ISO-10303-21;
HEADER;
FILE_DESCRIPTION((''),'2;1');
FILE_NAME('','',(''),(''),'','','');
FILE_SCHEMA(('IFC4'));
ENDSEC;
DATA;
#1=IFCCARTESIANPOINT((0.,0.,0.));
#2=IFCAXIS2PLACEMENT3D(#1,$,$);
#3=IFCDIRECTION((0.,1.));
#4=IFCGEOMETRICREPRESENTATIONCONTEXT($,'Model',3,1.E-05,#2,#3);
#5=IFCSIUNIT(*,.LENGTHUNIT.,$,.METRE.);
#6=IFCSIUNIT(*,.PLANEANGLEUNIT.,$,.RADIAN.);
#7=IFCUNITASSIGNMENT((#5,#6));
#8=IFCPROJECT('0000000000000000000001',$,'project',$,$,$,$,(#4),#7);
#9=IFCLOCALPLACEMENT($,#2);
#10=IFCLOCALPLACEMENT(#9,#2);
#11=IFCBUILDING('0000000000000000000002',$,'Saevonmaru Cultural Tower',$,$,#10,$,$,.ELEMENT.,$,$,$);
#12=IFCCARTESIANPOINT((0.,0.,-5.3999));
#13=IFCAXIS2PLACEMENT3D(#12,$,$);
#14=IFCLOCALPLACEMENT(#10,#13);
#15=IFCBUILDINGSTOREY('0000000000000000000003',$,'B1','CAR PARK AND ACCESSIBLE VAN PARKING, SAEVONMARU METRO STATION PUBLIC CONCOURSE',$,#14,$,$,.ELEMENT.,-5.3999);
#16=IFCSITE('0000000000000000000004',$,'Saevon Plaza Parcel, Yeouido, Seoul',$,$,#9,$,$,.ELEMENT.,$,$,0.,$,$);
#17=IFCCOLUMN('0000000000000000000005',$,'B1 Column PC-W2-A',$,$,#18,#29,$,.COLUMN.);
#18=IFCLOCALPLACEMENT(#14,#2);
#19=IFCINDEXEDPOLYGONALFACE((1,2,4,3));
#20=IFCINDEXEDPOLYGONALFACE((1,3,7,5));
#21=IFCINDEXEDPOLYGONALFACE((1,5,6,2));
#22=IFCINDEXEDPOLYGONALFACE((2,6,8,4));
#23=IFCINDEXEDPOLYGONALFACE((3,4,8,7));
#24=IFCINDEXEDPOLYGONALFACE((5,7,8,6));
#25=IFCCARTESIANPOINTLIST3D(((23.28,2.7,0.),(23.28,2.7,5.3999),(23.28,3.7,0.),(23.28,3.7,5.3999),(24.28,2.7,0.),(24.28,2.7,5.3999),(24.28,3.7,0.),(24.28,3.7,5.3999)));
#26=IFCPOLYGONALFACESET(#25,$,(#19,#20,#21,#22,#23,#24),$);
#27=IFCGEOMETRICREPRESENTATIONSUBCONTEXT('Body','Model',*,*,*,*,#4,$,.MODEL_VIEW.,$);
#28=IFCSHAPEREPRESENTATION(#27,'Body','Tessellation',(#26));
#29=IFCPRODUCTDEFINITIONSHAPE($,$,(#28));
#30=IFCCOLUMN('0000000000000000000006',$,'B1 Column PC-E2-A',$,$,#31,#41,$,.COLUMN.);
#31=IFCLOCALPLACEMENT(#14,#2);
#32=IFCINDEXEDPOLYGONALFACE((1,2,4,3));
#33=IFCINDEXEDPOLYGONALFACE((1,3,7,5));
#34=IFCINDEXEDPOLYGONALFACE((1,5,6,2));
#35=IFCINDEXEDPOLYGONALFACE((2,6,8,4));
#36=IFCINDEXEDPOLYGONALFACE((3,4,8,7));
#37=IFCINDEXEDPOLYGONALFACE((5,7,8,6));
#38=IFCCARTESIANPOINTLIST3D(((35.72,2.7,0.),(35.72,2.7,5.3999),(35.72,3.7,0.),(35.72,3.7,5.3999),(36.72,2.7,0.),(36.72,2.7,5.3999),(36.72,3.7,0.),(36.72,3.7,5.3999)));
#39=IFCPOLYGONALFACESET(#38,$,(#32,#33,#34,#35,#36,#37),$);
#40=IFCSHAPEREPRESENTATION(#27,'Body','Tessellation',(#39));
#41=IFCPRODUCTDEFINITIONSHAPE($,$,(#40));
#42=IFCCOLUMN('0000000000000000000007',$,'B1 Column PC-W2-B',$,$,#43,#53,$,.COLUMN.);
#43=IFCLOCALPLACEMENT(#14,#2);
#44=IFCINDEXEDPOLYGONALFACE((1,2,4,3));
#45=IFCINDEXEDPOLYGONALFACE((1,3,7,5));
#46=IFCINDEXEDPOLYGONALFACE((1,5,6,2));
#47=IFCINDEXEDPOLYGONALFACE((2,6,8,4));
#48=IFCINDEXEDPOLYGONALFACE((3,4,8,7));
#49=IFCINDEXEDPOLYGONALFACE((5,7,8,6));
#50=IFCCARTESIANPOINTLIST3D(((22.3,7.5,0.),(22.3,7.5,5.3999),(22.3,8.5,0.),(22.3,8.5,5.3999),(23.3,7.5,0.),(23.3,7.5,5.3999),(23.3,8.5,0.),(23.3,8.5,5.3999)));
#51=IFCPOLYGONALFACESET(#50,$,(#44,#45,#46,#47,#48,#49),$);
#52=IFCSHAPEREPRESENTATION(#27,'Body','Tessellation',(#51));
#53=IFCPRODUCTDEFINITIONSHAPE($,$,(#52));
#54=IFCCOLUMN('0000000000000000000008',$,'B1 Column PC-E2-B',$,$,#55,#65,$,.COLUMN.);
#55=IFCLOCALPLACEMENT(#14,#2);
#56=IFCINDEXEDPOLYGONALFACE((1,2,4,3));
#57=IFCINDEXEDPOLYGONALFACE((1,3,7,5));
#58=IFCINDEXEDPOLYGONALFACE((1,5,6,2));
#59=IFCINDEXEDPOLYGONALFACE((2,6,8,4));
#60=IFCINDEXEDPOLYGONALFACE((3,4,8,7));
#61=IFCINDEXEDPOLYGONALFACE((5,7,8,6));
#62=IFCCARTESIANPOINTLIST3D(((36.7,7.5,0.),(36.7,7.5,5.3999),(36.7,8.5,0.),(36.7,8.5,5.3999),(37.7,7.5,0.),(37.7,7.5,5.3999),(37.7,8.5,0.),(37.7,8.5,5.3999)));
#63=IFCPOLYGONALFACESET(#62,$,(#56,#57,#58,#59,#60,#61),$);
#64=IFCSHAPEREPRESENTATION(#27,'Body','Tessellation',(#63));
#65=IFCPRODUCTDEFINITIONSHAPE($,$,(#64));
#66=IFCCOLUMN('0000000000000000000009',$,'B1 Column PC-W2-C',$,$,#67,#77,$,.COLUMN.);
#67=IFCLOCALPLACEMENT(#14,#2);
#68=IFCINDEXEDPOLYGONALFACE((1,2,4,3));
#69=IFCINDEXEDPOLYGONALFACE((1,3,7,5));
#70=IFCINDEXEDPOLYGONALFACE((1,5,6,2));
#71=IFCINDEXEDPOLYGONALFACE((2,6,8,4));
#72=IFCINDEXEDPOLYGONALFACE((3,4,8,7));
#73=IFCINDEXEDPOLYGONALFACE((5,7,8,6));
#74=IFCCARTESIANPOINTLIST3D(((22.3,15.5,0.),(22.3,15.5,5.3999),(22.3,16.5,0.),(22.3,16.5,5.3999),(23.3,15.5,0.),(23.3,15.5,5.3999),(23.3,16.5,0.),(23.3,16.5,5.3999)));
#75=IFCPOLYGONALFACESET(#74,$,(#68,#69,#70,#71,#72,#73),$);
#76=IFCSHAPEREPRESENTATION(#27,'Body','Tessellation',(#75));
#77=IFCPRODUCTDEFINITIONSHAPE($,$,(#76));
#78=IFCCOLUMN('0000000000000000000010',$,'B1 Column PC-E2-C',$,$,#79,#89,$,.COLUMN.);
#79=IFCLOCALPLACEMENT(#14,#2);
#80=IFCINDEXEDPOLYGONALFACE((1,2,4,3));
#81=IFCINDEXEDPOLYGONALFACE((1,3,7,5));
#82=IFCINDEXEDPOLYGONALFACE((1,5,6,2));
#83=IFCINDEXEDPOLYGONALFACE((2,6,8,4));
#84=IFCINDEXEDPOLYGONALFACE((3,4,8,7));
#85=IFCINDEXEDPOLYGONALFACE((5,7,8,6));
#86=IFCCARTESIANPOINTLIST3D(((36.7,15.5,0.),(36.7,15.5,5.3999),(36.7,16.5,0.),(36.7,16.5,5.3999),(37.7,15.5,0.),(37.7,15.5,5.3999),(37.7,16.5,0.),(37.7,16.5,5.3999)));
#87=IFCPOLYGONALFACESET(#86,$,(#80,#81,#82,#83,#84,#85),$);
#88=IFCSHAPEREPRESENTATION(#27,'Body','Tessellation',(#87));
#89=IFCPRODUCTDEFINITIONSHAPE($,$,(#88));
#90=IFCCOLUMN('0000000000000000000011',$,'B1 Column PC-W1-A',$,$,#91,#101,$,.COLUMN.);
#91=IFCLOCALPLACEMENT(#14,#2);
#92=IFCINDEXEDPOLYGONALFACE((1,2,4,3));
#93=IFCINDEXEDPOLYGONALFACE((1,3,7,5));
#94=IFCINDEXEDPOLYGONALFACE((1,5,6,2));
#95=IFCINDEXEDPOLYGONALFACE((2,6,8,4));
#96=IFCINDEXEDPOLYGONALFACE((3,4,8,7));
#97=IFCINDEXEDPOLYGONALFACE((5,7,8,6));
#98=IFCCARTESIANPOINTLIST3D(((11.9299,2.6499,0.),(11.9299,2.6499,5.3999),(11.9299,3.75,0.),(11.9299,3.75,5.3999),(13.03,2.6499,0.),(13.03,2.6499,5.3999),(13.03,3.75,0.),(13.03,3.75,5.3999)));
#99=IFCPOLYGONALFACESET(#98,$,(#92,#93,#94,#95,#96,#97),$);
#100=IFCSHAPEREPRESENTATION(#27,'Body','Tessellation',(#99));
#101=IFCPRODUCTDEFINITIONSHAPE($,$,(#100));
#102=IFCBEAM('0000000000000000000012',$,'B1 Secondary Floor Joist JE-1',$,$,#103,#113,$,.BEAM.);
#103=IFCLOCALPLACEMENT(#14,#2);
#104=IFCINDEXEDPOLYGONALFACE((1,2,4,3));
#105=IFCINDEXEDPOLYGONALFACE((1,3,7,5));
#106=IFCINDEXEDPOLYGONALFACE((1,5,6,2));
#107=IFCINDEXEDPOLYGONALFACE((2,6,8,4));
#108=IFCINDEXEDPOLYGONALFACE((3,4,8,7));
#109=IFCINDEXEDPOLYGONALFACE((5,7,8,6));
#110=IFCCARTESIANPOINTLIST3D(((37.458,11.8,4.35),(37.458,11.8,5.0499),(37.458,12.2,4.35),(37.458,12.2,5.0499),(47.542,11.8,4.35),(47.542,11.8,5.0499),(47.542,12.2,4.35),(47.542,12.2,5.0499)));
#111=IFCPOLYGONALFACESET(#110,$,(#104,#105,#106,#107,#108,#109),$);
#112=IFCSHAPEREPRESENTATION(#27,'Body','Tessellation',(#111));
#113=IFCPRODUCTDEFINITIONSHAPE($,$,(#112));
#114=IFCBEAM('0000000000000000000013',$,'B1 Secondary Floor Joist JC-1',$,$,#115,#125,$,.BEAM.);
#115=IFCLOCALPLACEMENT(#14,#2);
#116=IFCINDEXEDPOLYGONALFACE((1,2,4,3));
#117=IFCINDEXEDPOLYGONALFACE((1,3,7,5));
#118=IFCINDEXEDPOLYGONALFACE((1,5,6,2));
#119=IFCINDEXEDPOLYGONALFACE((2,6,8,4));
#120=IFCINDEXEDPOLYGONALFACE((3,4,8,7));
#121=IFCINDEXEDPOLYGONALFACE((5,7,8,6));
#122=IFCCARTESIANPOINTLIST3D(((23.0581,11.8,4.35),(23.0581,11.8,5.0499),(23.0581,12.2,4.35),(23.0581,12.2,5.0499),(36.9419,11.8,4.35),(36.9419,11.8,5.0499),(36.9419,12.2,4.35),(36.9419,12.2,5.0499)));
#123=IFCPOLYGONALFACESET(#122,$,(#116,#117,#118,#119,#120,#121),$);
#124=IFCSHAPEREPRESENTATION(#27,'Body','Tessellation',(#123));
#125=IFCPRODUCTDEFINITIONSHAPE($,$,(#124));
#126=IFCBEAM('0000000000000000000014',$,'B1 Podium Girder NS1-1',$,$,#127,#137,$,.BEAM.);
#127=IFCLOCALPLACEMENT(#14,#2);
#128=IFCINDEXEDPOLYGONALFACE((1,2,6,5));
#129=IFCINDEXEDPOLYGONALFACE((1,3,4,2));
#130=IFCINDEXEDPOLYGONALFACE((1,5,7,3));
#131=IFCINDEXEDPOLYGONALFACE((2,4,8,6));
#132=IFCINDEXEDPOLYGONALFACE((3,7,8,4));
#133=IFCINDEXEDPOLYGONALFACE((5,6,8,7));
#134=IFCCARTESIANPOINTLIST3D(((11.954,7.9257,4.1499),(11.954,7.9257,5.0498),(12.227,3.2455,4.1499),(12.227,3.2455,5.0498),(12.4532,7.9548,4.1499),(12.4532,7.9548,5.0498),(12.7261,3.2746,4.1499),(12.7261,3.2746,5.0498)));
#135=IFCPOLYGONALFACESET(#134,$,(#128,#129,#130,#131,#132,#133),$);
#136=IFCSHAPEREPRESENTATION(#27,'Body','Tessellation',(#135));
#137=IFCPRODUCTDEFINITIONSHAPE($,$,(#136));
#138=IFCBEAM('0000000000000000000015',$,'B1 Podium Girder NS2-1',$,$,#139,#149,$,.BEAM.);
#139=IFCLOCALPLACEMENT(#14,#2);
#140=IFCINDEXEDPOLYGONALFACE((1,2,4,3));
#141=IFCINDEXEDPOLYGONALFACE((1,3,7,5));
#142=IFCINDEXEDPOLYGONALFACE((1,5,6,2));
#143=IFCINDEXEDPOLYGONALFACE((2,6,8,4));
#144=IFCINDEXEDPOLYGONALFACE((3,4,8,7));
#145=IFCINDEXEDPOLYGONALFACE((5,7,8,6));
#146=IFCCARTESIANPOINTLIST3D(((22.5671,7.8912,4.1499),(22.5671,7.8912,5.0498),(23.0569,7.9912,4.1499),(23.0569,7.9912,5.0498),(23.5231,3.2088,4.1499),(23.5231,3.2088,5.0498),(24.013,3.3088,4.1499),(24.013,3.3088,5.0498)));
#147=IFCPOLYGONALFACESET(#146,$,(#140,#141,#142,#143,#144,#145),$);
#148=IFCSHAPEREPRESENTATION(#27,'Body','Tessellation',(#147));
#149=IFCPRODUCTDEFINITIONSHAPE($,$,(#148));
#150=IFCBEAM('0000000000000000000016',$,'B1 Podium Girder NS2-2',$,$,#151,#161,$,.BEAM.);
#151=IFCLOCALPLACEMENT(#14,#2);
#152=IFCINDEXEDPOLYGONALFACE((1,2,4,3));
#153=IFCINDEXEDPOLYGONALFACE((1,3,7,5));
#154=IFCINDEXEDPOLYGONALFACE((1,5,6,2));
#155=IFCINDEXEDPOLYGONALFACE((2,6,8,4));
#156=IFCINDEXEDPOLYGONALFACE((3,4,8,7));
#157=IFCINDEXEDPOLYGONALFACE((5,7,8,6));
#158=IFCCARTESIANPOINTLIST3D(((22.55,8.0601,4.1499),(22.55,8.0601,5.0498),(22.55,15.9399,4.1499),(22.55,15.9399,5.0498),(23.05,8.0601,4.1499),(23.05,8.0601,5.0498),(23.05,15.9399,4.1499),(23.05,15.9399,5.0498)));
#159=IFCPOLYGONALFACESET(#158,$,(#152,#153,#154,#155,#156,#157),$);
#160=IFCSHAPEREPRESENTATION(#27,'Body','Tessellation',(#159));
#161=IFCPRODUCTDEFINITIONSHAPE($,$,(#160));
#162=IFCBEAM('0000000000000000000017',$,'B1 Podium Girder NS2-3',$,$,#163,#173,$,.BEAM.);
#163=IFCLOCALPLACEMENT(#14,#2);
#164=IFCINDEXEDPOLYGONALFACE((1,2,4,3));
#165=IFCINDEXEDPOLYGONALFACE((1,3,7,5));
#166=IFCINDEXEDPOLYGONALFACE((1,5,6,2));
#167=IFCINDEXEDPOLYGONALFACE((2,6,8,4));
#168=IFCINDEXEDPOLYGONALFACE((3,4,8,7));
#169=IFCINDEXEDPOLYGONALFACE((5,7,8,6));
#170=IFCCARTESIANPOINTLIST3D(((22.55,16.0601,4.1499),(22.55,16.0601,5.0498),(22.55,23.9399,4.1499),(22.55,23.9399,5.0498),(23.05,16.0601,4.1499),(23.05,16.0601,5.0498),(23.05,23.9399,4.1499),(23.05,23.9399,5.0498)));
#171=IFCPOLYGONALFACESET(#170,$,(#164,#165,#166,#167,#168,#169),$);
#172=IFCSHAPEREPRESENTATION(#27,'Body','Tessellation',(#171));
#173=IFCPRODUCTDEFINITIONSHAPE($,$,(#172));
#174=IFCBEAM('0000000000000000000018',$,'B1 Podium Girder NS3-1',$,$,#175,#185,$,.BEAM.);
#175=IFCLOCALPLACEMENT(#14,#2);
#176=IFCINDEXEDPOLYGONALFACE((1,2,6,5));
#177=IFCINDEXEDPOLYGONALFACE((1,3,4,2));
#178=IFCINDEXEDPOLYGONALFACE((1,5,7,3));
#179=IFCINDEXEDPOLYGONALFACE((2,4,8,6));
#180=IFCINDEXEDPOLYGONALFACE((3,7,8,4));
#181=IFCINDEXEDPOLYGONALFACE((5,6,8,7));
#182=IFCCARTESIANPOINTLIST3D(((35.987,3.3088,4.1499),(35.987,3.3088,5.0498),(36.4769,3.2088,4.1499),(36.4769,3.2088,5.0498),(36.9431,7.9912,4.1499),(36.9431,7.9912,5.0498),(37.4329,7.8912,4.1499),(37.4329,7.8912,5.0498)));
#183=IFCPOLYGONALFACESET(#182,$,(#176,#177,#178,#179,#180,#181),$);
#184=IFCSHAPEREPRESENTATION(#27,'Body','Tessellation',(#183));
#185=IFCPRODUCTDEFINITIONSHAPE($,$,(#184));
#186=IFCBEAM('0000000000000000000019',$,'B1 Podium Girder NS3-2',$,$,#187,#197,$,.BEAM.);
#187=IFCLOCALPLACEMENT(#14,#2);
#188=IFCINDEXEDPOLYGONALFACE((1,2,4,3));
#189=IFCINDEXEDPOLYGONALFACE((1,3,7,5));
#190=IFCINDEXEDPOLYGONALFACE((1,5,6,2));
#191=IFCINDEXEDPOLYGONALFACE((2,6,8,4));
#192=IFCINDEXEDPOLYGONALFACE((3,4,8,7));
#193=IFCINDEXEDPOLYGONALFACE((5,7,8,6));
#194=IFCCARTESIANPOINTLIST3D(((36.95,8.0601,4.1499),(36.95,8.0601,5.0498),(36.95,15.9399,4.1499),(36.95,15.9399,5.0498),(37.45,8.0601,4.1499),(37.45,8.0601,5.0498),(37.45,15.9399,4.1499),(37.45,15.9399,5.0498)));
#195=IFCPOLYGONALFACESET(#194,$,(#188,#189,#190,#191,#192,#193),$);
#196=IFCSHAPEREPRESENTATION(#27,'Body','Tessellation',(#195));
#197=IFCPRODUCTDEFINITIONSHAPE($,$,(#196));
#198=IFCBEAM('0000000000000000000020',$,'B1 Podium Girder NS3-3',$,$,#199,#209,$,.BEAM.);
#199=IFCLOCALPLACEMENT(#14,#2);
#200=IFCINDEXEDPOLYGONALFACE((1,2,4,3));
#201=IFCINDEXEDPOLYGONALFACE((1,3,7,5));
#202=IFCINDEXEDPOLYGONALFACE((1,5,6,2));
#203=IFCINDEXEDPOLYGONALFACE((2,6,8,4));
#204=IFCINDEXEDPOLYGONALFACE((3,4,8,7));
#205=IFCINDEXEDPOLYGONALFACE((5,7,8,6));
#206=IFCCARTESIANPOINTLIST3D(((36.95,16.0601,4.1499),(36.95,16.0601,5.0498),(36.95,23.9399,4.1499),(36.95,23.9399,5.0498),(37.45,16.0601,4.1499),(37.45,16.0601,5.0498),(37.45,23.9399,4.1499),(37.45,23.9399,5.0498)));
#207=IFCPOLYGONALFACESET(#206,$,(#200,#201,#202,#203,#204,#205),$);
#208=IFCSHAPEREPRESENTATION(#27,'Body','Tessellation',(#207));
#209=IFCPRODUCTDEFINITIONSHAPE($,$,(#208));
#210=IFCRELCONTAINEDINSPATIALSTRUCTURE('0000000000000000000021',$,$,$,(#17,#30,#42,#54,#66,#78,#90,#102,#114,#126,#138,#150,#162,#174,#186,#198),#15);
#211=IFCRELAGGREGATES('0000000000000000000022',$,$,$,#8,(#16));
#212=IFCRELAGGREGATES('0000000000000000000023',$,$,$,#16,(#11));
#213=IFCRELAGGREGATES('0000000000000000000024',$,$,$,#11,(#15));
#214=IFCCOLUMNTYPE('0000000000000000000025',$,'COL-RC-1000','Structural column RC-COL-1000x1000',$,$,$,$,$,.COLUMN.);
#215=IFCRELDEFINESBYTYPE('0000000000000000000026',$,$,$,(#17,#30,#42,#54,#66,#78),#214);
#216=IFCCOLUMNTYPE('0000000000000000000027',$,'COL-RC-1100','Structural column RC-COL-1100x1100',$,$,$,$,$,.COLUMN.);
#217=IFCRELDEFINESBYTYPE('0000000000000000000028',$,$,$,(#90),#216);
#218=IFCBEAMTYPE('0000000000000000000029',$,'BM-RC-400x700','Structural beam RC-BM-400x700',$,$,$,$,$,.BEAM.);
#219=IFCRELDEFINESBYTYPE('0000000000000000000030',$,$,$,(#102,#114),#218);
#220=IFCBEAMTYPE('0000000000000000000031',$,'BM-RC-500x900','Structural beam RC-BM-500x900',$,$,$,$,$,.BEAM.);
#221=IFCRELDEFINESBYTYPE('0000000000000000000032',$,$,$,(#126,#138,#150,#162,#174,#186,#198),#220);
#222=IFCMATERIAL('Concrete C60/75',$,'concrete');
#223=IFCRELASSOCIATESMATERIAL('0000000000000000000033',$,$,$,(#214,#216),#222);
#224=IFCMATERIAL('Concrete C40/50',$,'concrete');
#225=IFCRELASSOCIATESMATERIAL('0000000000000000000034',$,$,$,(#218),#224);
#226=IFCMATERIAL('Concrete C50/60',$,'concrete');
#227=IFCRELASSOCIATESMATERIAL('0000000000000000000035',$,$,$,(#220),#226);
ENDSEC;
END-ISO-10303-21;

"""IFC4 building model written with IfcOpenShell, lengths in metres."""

from ifc_helpers import new_model, si_unit, direction, frame, origin, origin_2d, place, context, subcontext, project, spatial, rectangle, extrude, material, material_profile, profile_set, type_object, element, save


model = new_model("IFC4")

# Units and contexts
model_context = context("Model", 3, precision=1e-05, world=origin(), true_north=direction((0.0, 1.0)))
body_context = subcontext(model_context, "Body", "Model", "MODEL_VIEW")
ifc_project = project(units=[si_unit("LENGTHUNIT", "METRE"), si_unit("PLANEANGLEUNIT", "RADIAN")], contexts=[model_context])

# Site, building, storey
site_placement = place(None, origin())
site = spatial("IfcSite", under=ifc_project, at=site_placement, Name="Saevon Plaza Parcel, Yeouido, Seoul", CompositionType="ELEMENT", RefElevation=0.0)
building_placement = place(site_placement, origin())
building = spatial("IfcBuilding", under=site, at=building_placement, Name="Saevonmaru Cultural Tower", CompositionType="ELEMENT")
storey_placement = place(building_placement, frame((0.0, 0.0, -5.3999)))
storey = spatial("IfcBuildingStorey", under=building, at=storey_placement, Name="B1", Description="CAR PARK AND ACCESSIBLE VAN PARKING, SAEVONMARU METRO STATION PUBLIC CONCOURSE", CompositionType="ELEMENT", Elevation=-5.3999)

# Columns
ifc_material_1 = material(Name="Concrete C60/75", Category="concrete")
ifc_material_profile_1 = material_profile(ifc_material_1, rectangle(XDim=1.0, YDim=1.0, at=origin_2d()), Name="RC-COL-1000x1000")
ifc_profile_set_1 = profile_set([ifc_material_profile_1], Name="Concrete C60/75")
column_type_1 = type_object("IfcColumnType", Name="COL-RC-1000", Description="Structural column RC-COL-1000x1000", PredefinedType="COLUMN", material=ifc_profile_set_1)
for number, where, z_axis, x_axis, name in (
    (1, (23.78, 3.2, 0.0), (0.0, 0.0, 1.0), (1.0, 0.0, 0.0), "B1 Column PC-W2-A"),
    (2, (36.22, 3.2, 0.0), (0.0, 0.0, 1.0), (1.0, 0.0, 0.0), "B1 Column PC-E2-A"),
    (3, (22.8, 8.0, 0.0), (0.0, 0.0, 1.0), (1.0, 0.0, 0.0), "B1 Column PC-W2-B"),
    (4, (37.2, 8.0, 0.0), (0.0, 0.0, 1.0), (1.0, 0.0, 0.0), "B1 Column PC-E2-B"),
    (5, (22.8, 16.0, 0.0), (0.0, 0.0, 1.0), (1.0, 0.0, 0.0), "B1 Column PC-W2-C"),
    (6, (37.2, 16.0, 0.0), (0.0, 0.0, 1.0), (1.0, 0.0, 0.0), "B1 Column PC-E2-C"),
):
    element("IfcColumn", number, at=place(storey_placement, frame(where, z_axis=z_axis, x_axis=x_axis)), inside=storey, type_object=column_type_1, Name=name, PredefinedType="COLUMN", context=body_context, shape_type="SweptSolid", body=[
        extrude(rectangle(XDim=1.0, YDim=1.0, at=origin_2d()), origin(), (0.0, 0.0, 1.0), 5.3999),
    ])
ifc_material_profile_2 = material_profile(ifc_material_1, rectangle(XDim=1.1001, YDim=1.1001, at=origin_2d()), Name="RC-COL-1100x1100")
ifc_profile_set_2 = profile_set([ifc_material_profile_2], Name="Concrete C60/75")
column_type_2 = type_object("IfcColumnType", Name="COL-RC-1100", Description="Structural column RC-COL-1100x1100", PredefinedType="COLUMN", material=ifc_profile_set_2)
column_placement = place(storey_placement, frame((12.48, 3.2, 0.0), z_axis=(0.0, 0.0, 1.0), x_axis=(1.0, 0.0, 0.0)))
element("IfcColumn", 7, at=column_placement, inside=storey, type_object=column_type_2, Name="B1 Column PC-W1-A", PredefinedType="COLUMN", context=body_context, shape_type="SweptSolid", body=[
    extrude(rectangle(XDim=1.1001, YDim=1.1001, at=origin_2d()), origin(), (0.0, 0.0, 1.0), 5.3999),
])

# Beams
ifc_material_2 = material(Name="Concrete C40/50", Category="concrete")
ifc_material_profile_3 = material_profile(ifc_material_2, rectangle(XDim=0.3999, YDim=0.7, at=origin_2d()), Name="RC-BM-400x700")
ifc_profile_set_3 = profile_set([ifc_material_profile_3], Name="Concrete C40/50")
beam_type_1 = type_object("IfcBeamType", Name="BM-RC-400x700", Description="Structural beam RC-BM-400x700", PredefinedType="BEAM", material=ifc_profile_set_3)
beam_1_placement = place(storey_placement, frame((37.458, 12.0, 4.7), z_axis=(1.0, 0.0, 0.0), x_axis=(0.0, 1.0, 0.0)))
element("IfcBeam", 8, at=beam_1_placement, inside=storey, type_object=beam_type_1, Name="B1 Secondary Floor Joist JE-1", PredefinedType="BEAM", context=body_context, shape_type="SweptSolid", body=[
    extrude(rectangle(XDim=0.3999, YDim=0.7, at=origin_2d()), origin(), (0.0, 0.0, 1.0), 10.084),
])
beam_2_placement = place(storey_placement, frame((23.0581, 12.0, 4.7), z_axis=(1.0, 0.0, 0.0), x_axis=(0.0, 1.0, 0.0)))
element("IfcBeam", 9, at=beam_2_placement, inside=storey, type_object=beam_type_1, Name="B1 Secondary Floor Joist JC-1", PredefinedType="BEAM", context=body_context, shape_type="SweptSolid", body=[
    extrude(rectangle(XDim=0.3999, YDim=0.7, at=origin_2d()), origin(), (0.0, 0.0, 1.0), 13.8838),
])
ifc_material_3 = material(Name="Concrete C50/60", Category="concrete")
ifc_material_profile_4 = material_profile(ifc_material_3, rectangle(XDim=0.5, YDim=0.8999, at=origin_2d()), Name="RC-BM-500x900")
ifc_profile_set_4 = profile_set([ifc_material_profile_4], Name="Concrete C50/60")
beam_type_2 = type_object("IfcBeamType", Name="BM-RC-500x900", Description="Structural beam RC-BM-500x900", PredefinedType="BEAM", material=ifc_profile_set_4)
beam_3_placement = place(storey_placement, frame((12.4766, 3.26, 4.5999), z_axis=(-0.058221, 0.998304, 0.0), x_axis=(-0.998304, -0.058221, 0.0)))
element("IfcBeam", 10, at=beam_3_placement, inside=storey, type_object=beam_type_2, Name="B1 Podium Girder NS1-1", PredefinedType="BEAM", context=body_context, shape_type="SweptSolid", body=[
    extrude(rectangle(XDim=0.5, YDim=0.8999, at=origin_2d()), origin(), (0.0, 0.0, 1.0), 4.6882),
])
beam_4_placement = place(storey_placement, frame((23.7681, 3.2588, 4.5999), z_axis=(-0.200054, 0.979785, 0.0), x_axis=(-0.979785, -0.200054, 0.0)))
element("IfcBeam", 11, at=beam_4_placement, inside=storey, type_object=beam_type_2, Name="B1 Podium Girder NS2-1", PredefinedType="BEAM", context=body_context, shape_type="SweptSolid", body=[
    extrude(rectangle(XDim=0.5, YDim=0.8999, at=origin_2d()), origin(), (0.0, 0.0, 1.0), 4.7791),
])
for number, where, z_axis, x_axis, name in (
    (12, (22.8, 8.0601, 4.5999), (0.0, 1.0, 0.0), (-1.0, 0.0, 0.0), "B1 Podium Girder NS2-2"),
    (13, (22.8, 16.0601, 4.5999), (0.0, 1.0, 0.0), (-1.0, 0.0, 0.0), "B1 Podium Girder NS2-3"),
):
    element("IfcBeam", number, at=place(storey_placement, frame(where, z_axis=z_axis, x_axis=x_axis)), inside=storey, type_object=beam_type_2, Name=name, PredefinedType="BEAM", context=body_context, shape_type="SweptSolid", body=[
        extrude(rectangle(XDim=0.5, YDim=0.8999, at=origin_2d()), origin(), (0.0, 0.0, 1.0), 7.8799),
    ])
beam_5_placement = place(storey_placement, frame((36.2319, 3.2588, 4.5999), z_axis=(0.200054, 0.979785, 0.0), x_axis=(-0.979785, 0.200054, 0.0)))
element("IfcBeam", 14, at=beam_5_placement, inside=storey, type_object=beam_type_2, Name="B1 Podium Girder NS3-1", PredefinedType="BEAM", context=body_context, shape_type="SweptSolid", body=[
    extrude(rectangle(XDim=0.5, YDim=0.8999, at=origin_2d()), origin(), (0.0, 0.0, 1.0), 4.7791),
])
for number, where, z_axis, x_axis, name in (
    (15, (37.2, 8.0601, 4.5999), (0.0, 1.0, 0.0), (-1.0, 0.0, 0.0), "B1 Podium Girder NS3-2"),
    (16, (37.2, 16.0601, 4.5999), (0.0, 1.0, 0.0), (-1.0, 0.0, 0.0), "B1 Podium Girder NS3-3"),
):
    element("IfcBeam", number, at=place(storey_placement, frame(where, z_axis=z_axis, x_axis=x_axis)), inside=storey, type_object=beam_type_2, Name=name, PredefinedType="BEAM", context=body_context, shape_type="SweptSolid", body=[
        extrude(rectangle(XDim=0.5, YDim=0.8999, at=origin_2d()), origin(), (0.0, 0.0, 1.0), 7.8799),
    ])

save(model, "model.ifc")
